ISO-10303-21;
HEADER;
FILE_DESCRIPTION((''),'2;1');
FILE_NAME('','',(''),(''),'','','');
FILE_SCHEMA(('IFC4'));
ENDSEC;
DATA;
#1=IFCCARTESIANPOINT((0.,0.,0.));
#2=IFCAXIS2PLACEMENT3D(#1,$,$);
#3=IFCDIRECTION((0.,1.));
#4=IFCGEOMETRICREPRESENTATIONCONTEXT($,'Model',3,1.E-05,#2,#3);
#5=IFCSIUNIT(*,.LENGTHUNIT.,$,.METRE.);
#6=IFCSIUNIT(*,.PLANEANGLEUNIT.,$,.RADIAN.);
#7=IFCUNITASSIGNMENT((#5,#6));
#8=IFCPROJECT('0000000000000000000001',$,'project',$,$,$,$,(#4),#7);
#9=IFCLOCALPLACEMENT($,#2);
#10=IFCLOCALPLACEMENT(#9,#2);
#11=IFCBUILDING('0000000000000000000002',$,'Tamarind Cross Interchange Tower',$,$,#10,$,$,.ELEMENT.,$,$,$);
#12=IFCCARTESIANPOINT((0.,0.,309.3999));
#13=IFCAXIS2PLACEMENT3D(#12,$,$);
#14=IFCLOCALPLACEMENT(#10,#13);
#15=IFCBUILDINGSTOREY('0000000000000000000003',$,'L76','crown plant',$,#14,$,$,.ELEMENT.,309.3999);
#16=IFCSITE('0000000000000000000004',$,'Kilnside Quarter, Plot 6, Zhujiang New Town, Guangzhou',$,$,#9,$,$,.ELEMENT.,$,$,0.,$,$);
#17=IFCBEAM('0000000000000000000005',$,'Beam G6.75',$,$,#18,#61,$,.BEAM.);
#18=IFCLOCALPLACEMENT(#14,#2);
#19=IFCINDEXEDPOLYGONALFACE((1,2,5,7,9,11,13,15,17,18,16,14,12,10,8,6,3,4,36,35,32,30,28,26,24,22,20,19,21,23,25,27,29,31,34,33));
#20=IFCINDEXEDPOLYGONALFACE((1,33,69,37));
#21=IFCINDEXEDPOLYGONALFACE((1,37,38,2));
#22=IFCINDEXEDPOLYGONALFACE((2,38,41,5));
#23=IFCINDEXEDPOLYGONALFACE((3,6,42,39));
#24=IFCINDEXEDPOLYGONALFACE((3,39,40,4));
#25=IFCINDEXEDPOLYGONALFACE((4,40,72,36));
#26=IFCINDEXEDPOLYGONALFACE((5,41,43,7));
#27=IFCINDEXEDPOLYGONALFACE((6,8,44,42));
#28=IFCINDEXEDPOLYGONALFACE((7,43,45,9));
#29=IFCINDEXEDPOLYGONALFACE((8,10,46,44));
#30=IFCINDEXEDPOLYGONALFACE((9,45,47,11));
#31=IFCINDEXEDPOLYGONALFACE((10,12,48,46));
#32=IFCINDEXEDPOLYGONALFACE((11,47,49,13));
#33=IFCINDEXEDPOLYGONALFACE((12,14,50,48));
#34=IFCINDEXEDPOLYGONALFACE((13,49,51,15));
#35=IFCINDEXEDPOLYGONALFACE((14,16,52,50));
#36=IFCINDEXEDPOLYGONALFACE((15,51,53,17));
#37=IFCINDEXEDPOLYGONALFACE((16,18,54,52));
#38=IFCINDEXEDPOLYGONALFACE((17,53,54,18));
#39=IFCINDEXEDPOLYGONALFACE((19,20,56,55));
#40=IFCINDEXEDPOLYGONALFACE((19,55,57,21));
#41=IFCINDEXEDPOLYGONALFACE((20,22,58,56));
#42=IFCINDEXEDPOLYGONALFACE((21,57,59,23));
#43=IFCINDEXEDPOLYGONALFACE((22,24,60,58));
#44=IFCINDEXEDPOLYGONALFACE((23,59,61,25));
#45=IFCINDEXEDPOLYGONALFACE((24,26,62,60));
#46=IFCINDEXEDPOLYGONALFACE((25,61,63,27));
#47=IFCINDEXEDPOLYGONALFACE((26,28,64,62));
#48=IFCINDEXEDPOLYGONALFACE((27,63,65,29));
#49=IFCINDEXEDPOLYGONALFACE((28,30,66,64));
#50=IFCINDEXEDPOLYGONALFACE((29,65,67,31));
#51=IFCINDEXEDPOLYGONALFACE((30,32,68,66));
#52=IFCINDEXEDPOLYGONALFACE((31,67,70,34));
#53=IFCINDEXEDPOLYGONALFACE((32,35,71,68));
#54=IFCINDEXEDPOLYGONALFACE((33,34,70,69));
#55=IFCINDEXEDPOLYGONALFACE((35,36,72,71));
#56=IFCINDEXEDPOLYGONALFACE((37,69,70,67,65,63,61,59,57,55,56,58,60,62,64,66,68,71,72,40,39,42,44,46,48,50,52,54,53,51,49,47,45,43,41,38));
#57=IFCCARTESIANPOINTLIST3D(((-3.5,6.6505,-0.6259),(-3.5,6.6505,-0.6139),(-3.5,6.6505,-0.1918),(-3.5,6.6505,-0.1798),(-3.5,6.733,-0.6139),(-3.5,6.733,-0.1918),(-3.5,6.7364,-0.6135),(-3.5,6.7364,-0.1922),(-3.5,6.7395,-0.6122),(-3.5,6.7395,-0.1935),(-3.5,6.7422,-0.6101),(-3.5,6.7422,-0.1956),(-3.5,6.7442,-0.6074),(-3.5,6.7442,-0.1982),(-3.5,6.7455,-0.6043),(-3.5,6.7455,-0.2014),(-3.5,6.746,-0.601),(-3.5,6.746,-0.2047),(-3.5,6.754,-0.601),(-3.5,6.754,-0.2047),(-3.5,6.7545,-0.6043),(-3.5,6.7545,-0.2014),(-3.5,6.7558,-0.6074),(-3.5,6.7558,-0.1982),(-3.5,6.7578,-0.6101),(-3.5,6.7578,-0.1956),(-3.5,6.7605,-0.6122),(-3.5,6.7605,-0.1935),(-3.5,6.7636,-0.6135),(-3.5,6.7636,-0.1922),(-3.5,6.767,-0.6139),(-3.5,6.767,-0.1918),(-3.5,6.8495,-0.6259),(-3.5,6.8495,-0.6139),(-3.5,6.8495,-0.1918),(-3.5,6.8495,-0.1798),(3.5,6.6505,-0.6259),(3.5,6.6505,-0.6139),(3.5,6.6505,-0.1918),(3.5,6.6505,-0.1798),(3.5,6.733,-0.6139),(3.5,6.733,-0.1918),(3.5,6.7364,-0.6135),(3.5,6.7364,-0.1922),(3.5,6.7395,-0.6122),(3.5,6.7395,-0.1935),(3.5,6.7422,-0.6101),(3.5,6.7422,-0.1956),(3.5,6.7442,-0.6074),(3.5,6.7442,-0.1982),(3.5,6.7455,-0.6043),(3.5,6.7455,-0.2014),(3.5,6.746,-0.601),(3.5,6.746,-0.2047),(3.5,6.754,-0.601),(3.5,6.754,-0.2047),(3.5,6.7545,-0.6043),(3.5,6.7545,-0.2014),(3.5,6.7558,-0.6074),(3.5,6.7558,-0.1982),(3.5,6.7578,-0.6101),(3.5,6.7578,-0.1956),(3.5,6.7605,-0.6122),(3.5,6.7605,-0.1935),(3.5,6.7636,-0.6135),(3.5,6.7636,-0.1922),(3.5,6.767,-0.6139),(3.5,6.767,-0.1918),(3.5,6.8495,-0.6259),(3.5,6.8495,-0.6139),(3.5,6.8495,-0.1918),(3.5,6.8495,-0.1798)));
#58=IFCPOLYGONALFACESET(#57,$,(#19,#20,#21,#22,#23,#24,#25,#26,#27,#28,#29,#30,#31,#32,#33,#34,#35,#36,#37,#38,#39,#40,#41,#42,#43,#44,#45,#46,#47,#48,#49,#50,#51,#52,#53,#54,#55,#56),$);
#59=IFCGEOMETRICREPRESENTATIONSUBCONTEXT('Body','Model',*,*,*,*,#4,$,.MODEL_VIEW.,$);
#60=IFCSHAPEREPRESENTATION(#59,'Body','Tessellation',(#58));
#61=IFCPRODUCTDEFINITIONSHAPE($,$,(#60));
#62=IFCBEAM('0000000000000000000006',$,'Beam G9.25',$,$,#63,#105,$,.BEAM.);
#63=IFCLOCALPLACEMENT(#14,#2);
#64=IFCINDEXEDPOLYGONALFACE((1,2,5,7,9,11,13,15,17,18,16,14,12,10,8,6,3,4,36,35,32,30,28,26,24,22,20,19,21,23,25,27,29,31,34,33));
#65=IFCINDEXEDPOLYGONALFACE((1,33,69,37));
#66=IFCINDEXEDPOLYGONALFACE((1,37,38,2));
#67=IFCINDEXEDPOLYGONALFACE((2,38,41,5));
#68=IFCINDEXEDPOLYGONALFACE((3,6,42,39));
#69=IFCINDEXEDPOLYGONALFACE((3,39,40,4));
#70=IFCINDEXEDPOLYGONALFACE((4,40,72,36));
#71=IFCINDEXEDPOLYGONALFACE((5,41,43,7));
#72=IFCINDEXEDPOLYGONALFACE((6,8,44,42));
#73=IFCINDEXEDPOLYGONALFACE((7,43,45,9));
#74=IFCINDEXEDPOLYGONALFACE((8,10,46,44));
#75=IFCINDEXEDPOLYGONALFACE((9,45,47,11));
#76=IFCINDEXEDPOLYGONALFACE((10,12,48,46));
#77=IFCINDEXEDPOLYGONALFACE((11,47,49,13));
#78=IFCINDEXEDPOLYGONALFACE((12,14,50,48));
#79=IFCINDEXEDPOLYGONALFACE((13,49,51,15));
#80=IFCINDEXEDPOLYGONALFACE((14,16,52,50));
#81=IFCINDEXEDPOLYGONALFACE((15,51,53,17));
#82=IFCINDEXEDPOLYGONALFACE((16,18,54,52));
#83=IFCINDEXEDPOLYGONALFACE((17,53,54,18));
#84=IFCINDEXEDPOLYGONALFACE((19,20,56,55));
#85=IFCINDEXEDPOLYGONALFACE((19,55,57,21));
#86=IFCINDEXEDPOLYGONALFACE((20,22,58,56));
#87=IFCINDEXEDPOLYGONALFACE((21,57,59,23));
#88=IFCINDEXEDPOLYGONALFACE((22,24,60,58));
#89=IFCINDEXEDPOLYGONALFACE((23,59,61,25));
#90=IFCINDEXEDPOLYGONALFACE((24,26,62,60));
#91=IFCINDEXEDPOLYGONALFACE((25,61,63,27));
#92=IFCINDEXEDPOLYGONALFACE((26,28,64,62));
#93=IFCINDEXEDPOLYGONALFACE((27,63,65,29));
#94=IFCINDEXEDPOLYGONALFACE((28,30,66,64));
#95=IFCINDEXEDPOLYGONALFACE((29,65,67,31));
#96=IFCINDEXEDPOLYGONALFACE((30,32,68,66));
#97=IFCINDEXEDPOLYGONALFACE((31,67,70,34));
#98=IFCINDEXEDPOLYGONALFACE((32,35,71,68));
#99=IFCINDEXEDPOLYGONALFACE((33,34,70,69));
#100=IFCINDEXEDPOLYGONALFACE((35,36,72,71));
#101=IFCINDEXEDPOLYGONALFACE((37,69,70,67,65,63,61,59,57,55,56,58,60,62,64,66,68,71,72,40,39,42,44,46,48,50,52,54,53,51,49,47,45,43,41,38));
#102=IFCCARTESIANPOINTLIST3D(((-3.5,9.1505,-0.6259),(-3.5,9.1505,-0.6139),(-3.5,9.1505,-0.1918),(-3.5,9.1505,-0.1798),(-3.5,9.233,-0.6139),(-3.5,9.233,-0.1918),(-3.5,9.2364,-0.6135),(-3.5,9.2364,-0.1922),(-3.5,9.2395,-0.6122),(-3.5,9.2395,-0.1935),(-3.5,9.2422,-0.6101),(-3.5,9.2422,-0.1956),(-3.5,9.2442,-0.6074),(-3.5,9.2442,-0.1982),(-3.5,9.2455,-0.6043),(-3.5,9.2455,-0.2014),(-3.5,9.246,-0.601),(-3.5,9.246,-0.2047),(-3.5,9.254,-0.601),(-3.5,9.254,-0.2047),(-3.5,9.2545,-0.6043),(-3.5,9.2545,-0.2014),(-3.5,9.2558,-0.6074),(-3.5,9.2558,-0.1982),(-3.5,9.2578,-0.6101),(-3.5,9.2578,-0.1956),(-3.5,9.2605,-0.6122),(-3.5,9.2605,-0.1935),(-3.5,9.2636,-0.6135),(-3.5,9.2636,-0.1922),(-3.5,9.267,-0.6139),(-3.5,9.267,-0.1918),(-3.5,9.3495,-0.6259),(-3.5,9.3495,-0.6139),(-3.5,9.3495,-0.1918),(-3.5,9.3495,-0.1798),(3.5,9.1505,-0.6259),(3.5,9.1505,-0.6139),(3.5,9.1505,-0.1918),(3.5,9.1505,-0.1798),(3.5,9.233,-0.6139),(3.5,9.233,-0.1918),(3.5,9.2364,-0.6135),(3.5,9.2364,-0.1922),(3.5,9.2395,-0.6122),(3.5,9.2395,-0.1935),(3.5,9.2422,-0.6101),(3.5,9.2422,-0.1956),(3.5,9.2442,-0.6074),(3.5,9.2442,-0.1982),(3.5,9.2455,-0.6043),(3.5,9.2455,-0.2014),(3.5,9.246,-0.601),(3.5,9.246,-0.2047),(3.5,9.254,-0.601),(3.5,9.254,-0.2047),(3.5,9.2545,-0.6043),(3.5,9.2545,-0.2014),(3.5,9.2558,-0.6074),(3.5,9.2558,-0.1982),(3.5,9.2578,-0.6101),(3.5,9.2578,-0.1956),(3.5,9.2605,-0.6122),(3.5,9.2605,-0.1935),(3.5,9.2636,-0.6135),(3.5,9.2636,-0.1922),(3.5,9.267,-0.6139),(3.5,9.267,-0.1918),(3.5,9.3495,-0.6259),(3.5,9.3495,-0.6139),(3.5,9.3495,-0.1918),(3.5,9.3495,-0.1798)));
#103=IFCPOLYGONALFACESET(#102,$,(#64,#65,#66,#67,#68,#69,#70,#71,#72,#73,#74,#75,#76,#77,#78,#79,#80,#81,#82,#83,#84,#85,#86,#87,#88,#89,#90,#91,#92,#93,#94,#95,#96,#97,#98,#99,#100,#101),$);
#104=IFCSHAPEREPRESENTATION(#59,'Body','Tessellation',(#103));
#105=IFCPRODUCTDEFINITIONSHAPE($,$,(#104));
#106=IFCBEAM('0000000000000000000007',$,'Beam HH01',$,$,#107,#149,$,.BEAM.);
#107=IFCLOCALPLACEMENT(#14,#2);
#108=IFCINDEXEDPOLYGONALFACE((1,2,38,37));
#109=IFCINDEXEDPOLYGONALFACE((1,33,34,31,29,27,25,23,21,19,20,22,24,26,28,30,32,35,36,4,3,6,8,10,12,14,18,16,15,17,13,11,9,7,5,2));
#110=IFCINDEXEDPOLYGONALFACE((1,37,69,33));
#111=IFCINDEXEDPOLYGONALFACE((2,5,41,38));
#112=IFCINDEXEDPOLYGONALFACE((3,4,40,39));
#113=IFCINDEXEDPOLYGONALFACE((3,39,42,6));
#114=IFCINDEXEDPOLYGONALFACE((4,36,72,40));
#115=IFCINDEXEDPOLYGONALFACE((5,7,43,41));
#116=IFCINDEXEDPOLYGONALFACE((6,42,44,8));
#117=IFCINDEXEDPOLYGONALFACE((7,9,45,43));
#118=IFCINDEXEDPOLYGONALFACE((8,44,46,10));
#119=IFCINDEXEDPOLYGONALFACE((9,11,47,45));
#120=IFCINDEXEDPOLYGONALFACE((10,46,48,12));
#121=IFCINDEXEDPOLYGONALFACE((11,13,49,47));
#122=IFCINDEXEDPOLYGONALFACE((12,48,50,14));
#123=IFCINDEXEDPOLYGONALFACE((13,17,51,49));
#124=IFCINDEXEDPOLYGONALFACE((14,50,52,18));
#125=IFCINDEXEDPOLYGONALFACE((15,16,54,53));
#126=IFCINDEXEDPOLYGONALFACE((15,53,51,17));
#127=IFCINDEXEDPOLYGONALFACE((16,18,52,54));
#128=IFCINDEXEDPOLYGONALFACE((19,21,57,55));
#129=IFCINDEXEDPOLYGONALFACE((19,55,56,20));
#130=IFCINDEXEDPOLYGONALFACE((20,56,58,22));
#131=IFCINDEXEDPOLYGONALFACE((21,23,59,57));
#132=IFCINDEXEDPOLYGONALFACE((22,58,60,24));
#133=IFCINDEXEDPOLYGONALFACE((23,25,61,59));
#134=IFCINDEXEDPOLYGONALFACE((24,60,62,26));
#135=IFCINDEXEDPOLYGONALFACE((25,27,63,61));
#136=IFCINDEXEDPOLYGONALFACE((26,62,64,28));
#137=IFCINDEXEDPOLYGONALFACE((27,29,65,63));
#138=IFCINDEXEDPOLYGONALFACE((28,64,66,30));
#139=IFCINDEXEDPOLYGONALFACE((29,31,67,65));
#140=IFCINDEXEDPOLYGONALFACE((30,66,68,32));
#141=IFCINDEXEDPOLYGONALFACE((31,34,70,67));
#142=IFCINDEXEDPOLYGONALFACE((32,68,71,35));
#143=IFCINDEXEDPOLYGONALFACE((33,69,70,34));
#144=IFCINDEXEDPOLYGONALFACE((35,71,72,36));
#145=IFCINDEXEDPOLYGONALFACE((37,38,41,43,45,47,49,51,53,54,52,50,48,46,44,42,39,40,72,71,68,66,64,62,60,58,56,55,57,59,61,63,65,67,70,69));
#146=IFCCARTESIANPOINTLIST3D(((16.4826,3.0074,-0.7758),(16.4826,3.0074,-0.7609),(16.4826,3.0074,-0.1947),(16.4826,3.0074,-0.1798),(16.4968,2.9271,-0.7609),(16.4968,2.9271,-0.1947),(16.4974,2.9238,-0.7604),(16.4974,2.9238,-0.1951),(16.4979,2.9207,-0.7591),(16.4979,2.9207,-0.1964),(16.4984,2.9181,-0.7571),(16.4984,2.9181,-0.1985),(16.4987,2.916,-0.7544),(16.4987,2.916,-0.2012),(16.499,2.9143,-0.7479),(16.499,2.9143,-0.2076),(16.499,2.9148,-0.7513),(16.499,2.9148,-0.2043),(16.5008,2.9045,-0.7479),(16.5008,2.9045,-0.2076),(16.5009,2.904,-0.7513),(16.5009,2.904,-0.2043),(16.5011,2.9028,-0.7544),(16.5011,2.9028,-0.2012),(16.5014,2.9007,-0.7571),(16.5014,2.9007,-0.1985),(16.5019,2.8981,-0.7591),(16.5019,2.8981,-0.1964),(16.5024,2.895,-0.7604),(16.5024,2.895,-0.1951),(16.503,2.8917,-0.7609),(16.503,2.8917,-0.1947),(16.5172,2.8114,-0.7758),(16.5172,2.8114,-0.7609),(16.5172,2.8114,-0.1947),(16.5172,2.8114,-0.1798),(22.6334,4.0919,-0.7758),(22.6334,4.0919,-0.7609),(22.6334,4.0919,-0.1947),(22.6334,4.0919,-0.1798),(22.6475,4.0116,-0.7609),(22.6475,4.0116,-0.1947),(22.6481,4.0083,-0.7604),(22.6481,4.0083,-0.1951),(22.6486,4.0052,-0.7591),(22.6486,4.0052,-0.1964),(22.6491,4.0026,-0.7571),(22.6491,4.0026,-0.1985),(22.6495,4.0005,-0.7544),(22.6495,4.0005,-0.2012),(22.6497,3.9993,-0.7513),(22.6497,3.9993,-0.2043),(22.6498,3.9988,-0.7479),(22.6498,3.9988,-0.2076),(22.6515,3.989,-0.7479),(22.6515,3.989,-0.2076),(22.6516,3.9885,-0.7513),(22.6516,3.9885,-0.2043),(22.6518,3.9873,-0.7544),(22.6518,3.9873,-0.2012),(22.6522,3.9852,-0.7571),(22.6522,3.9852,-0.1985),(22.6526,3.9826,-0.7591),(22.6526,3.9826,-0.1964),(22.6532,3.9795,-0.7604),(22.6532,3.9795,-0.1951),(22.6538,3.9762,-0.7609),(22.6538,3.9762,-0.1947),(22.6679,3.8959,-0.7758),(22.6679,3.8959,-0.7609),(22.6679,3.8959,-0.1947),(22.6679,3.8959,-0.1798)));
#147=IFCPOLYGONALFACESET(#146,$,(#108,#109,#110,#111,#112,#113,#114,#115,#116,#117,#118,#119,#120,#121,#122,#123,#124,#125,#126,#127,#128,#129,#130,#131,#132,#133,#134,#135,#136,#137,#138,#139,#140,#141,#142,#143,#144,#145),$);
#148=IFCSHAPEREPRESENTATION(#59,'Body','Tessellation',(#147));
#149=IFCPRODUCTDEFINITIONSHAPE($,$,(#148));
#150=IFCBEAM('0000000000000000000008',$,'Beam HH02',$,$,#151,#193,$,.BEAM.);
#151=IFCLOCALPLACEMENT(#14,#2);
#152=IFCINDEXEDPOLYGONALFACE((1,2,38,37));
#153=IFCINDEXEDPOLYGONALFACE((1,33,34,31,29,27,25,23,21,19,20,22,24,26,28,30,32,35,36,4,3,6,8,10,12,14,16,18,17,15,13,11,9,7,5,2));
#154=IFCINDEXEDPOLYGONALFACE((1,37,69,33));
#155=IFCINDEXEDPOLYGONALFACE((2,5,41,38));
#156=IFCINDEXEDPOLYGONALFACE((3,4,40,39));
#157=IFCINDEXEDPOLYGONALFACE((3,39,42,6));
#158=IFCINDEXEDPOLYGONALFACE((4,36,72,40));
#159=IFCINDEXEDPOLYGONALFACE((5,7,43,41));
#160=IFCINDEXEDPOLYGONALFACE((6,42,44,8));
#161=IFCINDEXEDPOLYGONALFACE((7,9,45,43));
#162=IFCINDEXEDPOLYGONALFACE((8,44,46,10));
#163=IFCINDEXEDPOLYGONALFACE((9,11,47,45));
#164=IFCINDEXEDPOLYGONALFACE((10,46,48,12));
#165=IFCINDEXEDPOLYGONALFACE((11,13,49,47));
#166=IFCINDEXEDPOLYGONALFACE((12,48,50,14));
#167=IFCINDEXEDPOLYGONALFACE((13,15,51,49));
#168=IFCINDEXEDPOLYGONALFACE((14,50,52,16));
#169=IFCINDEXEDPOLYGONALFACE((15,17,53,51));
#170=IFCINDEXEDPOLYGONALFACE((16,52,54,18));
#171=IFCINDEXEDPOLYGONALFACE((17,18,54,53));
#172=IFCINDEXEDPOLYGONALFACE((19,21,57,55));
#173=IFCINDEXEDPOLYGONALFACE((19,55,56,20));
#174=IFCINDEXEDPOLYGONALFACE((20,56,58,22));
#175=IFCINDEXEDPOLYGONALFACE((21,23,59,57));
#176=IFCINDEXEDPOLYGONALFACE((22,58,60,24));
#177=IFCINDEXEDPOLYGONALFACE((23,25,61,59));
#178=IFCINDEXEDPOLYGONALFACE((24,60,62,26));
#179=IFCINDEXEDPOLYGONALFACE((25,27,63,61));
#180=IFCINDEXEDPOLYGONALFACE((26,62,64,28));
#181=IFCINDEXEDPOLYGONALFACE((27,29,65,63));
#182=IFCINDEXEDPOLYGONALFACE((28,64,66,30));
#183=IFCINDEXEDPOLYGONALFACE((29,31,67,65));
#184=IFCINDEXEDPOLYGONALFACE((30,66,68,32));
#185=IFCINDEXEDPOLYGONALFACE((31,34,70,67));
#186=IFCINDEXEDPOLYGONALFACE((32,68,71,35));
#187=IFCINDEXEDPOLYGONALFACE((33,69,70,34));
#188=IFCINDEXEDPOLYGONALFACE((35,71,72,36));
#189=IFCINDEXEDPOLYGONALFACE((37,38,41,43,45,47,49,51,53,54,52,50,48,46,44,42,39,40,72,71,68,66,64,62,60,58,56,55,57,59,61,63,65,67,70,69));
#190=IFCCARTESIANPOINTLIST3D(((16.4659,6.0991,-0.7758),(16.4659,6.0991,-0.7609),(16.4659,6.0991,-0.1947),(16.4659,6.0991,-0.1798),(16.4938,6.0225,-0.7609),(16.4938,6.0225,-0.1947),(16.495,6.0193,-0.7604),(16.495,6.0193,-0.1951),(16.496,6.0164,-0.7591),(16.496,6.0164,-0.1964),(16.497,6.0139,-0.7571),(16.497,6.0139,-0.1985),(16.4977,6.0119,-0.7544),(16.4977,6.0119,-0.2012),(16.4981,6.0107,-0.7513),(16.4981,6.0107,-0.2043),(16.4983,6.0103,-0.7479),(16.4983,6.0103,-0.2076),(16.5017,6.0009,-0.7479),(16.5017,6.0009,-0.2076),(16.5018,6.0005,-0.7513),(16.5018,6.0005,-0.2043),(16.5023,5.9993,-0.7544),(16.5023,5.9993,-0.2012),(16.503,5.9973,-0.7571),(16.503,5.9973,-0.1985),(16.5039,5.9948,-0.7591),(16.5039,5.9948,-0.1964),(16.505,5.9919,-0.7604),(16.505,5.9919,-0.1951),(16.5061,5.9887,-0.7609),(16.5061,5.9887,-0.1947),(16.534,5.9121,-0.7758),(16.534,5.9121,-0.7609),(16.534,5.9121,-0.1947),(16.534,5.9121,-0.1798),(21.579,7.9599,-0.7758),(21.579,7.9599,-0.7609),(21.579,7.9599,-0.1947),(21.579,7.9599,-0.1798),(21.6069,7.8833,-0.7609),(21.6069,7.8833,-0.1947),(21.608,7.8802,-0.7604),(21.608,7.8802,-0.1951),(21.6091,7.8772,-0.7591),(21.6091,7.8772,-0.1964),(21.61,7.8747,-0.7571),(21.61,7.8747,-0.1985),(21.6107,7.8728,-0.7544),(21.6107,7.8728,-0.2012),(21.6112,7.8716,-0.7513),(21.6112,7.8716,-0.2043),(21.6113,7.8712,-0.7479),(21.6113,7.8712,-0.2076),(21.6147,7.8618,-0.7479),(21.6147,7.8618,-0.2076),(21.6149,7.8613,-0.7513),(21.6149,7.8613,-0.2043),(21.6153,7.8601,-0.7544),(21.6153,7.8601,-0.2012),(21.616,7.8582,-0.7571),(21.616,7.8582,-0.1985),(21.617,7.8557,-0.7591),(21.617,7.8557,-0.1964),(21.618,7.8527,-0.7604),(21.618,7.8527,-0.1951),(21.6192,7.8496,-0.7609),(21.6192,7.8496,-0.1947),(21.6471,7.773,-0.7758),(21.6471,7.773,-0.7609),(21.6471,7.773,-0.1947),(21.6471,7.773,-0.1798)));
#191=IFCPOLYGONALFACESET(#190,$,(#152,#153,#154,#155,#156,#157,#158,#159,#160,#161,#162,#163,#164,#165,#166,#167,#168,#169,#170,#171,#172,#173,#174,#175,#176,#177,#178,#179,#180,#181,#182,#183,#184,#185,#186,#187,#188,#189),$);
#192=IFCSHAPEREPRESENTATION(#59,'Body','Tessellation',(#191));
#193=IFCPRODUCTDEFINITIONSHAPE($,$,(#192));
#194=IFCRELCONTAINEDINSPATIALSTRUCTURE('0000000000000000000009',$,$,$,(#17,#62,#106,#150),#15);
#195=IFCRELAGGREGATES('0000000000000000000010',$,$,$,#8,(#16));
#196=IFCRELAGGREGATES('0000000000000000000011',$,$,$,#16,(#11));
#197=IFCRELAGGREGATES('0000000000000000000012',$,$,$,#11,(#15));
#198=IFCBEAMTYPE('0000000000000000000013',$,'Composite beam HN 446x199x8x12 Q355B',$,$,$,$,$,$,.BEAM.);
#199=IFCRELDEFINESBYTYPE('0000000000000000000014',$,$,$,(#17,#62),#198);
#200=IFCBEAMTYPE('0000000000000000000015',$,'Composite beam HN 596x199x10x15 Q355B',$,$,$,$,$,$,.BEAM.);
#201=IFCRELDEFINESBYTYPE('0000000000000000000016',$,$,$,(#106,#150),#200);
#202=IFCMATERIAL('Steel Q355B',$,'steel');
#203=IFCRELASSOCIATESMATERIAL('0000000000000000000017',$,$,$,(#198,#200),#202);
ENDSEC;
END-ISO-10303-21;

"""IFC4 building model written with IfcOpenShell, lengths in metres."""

from ifc_helpers import new_model, si_unit, direction, frame, origin, origin_2d, place, context, subcontext, project, spatial, i_section, extrude, material, material_profile, profile_set, type_object, element, save


model = new_model("IFC4")

# Units and contexts
model_context = context("Model", 3, precision=1e-05, world=origin(), true_north=direction((0.0, 1.0)))
body_context = subcontext(model_context, "Body", "Model", "MODEL_VIEW")
ifc_project = project(units=[si_unit("LENGTHUNIT", "METRE"), si_unit("PLANEANGLEUNIT", "RADIAN")], contexts=[model_context])

# Site, building, storey
site_placement = place(None, origin())
site = spatial("IfcSite", under=ifc_project, at=site_placement, Name="Kilnside Quarter, Plot 6, Zhujiang New Town, Guangzhou", CompositionType="ELEMENT", RefElevation=0.0)
building_placement = place(site_placement, origin())
building = spatial("IfcBuilding", under=site, at=building_placement, Name="Tamarind Cross Interchange Tower", CompositionType="ELEMENT")
storey_placement = place(building_placement, frame((0.0, 0.0, 309.3999)))
storey = spatial("IfcBuildingStorey", under=building, at=storey_placement, Name="L76", Description="crown plant", CompositionType="ELEMENT", Elevation=309.3999)

# Beams
ifc_material_1 = material(Name="Steel Q355B", Category="steel")
ifc_material_profile_1 = material_profile(ifc_material_1, i_section(OverallWidth=0.199, OverallDepth=0.446, WebThickness=0.0081, FlangeThickness=0.012, FilletRadius=0.0129, at=origin_2d()), Name="HN 446x199x8x12")
ifc_profile_set_1 = profile_set([ifc_material_profile_1], Name="Steel Q355B")
beam_type_1 = type_object("IfcBeamType", Name="Composite beam HN 446x199x8x12 Q355B", PredefinedType="BEAM", material=ifc_profile_set_1)
for number, where, z_axis, x_axis, name in (
    (1, (-3.5, 6.75, -0.4028), (1.0, 0.0, 0.0), (0.0, 1.0, 0.0), "Beam G6.75"),
    (2, (-3.5, 9.25, -0.4028), (1.0, 0.0, 0.0), (0.0, 1.0, 0.0), "Beam G9.25"),
):
    element("IfcBeam", number, at=place(storey_placement, frame(where, z_axis=z_axis, x_axis=x_axis)), inside=storey, type_object=beam_type_1, Name=name, PredefinedType="BEAM", context=body_context, shape_type="SweptSolid", body=[
        extrude(i_section(OverallWidth=0.199, OverallDepth=0.446, WebThickness=0.0081, FlangeThickness=0.012, FilletRadius=0.0129, at=origin_2d()), origin(), (0.0, 0.0, 1.0), 7.0),
    ])
ifc_material_profile_2 = material_profile(ifc_material_1, i_section(OverallWidth=0.199, OverallDepth=0.5959, WebThickness=0.01, FlangeThickness=0.0149, FilletRadius=0.0129, at=origin_2d()), Name="HN 596x199x10x15")
ifc_profile_set_2 = profile_set([ifc_material_profile_2], Name="Steel Q355B")
beam_type_2 = type_object("IfcBeamType", Name="Composite beam HN 596x199x10x15 Q355B", PredefinedType="BEAM", material=ifc_profile_set_2)
beam_1_placement = place(storey_placement, frame((22.6506, 3.9939, -0.4778), z_axis=(-0.984809, -0.17364, 0.0), x_axis=(0.17364, -0.984809, 0.0)))
element("IfcBeam", 3, at=beam_1_placement, inside=storey, type_object=beam_type_2, Name="Beam HH01", PredefinedType="BEAM", context=body_context, shape_type="SweptSolid", body=[
    extrude(i_section(OverallWidth=0.199, OverallDepth=0.5959, WebThickness=0.01, FlangeThickness=0.0149, FilletRadius=0.0129, at=origin_2d()), origin(), (0.0, 0.0, 1.0), 6.2456),
])
beam_2_placement = place(storey_placement, frame((21.613, 7.8665, -0.4778), z_axis=(-0.939702, -0.341995, 0.0), x_axis=(0.341995, -0.939702, 0.0)))
element("IfcBeam", 4, at=beam_2_placement, inside=storey, type_object=beam_type_2, Name="Beam HH02", PredefinedType="BEAM", context=body_context, shape_type="SweptSolid", body=[
    extrude(i_section(OverallWidth=0.199, OverallDepth=0.5959, WebThickness=0.01, FlangeThickness=0.0149, FilletRadius=0.0129, at=origin_2d()), origin(), (0.0, 0.0, 1.0), 5.4412),
])

save(model, "model.ifc")
